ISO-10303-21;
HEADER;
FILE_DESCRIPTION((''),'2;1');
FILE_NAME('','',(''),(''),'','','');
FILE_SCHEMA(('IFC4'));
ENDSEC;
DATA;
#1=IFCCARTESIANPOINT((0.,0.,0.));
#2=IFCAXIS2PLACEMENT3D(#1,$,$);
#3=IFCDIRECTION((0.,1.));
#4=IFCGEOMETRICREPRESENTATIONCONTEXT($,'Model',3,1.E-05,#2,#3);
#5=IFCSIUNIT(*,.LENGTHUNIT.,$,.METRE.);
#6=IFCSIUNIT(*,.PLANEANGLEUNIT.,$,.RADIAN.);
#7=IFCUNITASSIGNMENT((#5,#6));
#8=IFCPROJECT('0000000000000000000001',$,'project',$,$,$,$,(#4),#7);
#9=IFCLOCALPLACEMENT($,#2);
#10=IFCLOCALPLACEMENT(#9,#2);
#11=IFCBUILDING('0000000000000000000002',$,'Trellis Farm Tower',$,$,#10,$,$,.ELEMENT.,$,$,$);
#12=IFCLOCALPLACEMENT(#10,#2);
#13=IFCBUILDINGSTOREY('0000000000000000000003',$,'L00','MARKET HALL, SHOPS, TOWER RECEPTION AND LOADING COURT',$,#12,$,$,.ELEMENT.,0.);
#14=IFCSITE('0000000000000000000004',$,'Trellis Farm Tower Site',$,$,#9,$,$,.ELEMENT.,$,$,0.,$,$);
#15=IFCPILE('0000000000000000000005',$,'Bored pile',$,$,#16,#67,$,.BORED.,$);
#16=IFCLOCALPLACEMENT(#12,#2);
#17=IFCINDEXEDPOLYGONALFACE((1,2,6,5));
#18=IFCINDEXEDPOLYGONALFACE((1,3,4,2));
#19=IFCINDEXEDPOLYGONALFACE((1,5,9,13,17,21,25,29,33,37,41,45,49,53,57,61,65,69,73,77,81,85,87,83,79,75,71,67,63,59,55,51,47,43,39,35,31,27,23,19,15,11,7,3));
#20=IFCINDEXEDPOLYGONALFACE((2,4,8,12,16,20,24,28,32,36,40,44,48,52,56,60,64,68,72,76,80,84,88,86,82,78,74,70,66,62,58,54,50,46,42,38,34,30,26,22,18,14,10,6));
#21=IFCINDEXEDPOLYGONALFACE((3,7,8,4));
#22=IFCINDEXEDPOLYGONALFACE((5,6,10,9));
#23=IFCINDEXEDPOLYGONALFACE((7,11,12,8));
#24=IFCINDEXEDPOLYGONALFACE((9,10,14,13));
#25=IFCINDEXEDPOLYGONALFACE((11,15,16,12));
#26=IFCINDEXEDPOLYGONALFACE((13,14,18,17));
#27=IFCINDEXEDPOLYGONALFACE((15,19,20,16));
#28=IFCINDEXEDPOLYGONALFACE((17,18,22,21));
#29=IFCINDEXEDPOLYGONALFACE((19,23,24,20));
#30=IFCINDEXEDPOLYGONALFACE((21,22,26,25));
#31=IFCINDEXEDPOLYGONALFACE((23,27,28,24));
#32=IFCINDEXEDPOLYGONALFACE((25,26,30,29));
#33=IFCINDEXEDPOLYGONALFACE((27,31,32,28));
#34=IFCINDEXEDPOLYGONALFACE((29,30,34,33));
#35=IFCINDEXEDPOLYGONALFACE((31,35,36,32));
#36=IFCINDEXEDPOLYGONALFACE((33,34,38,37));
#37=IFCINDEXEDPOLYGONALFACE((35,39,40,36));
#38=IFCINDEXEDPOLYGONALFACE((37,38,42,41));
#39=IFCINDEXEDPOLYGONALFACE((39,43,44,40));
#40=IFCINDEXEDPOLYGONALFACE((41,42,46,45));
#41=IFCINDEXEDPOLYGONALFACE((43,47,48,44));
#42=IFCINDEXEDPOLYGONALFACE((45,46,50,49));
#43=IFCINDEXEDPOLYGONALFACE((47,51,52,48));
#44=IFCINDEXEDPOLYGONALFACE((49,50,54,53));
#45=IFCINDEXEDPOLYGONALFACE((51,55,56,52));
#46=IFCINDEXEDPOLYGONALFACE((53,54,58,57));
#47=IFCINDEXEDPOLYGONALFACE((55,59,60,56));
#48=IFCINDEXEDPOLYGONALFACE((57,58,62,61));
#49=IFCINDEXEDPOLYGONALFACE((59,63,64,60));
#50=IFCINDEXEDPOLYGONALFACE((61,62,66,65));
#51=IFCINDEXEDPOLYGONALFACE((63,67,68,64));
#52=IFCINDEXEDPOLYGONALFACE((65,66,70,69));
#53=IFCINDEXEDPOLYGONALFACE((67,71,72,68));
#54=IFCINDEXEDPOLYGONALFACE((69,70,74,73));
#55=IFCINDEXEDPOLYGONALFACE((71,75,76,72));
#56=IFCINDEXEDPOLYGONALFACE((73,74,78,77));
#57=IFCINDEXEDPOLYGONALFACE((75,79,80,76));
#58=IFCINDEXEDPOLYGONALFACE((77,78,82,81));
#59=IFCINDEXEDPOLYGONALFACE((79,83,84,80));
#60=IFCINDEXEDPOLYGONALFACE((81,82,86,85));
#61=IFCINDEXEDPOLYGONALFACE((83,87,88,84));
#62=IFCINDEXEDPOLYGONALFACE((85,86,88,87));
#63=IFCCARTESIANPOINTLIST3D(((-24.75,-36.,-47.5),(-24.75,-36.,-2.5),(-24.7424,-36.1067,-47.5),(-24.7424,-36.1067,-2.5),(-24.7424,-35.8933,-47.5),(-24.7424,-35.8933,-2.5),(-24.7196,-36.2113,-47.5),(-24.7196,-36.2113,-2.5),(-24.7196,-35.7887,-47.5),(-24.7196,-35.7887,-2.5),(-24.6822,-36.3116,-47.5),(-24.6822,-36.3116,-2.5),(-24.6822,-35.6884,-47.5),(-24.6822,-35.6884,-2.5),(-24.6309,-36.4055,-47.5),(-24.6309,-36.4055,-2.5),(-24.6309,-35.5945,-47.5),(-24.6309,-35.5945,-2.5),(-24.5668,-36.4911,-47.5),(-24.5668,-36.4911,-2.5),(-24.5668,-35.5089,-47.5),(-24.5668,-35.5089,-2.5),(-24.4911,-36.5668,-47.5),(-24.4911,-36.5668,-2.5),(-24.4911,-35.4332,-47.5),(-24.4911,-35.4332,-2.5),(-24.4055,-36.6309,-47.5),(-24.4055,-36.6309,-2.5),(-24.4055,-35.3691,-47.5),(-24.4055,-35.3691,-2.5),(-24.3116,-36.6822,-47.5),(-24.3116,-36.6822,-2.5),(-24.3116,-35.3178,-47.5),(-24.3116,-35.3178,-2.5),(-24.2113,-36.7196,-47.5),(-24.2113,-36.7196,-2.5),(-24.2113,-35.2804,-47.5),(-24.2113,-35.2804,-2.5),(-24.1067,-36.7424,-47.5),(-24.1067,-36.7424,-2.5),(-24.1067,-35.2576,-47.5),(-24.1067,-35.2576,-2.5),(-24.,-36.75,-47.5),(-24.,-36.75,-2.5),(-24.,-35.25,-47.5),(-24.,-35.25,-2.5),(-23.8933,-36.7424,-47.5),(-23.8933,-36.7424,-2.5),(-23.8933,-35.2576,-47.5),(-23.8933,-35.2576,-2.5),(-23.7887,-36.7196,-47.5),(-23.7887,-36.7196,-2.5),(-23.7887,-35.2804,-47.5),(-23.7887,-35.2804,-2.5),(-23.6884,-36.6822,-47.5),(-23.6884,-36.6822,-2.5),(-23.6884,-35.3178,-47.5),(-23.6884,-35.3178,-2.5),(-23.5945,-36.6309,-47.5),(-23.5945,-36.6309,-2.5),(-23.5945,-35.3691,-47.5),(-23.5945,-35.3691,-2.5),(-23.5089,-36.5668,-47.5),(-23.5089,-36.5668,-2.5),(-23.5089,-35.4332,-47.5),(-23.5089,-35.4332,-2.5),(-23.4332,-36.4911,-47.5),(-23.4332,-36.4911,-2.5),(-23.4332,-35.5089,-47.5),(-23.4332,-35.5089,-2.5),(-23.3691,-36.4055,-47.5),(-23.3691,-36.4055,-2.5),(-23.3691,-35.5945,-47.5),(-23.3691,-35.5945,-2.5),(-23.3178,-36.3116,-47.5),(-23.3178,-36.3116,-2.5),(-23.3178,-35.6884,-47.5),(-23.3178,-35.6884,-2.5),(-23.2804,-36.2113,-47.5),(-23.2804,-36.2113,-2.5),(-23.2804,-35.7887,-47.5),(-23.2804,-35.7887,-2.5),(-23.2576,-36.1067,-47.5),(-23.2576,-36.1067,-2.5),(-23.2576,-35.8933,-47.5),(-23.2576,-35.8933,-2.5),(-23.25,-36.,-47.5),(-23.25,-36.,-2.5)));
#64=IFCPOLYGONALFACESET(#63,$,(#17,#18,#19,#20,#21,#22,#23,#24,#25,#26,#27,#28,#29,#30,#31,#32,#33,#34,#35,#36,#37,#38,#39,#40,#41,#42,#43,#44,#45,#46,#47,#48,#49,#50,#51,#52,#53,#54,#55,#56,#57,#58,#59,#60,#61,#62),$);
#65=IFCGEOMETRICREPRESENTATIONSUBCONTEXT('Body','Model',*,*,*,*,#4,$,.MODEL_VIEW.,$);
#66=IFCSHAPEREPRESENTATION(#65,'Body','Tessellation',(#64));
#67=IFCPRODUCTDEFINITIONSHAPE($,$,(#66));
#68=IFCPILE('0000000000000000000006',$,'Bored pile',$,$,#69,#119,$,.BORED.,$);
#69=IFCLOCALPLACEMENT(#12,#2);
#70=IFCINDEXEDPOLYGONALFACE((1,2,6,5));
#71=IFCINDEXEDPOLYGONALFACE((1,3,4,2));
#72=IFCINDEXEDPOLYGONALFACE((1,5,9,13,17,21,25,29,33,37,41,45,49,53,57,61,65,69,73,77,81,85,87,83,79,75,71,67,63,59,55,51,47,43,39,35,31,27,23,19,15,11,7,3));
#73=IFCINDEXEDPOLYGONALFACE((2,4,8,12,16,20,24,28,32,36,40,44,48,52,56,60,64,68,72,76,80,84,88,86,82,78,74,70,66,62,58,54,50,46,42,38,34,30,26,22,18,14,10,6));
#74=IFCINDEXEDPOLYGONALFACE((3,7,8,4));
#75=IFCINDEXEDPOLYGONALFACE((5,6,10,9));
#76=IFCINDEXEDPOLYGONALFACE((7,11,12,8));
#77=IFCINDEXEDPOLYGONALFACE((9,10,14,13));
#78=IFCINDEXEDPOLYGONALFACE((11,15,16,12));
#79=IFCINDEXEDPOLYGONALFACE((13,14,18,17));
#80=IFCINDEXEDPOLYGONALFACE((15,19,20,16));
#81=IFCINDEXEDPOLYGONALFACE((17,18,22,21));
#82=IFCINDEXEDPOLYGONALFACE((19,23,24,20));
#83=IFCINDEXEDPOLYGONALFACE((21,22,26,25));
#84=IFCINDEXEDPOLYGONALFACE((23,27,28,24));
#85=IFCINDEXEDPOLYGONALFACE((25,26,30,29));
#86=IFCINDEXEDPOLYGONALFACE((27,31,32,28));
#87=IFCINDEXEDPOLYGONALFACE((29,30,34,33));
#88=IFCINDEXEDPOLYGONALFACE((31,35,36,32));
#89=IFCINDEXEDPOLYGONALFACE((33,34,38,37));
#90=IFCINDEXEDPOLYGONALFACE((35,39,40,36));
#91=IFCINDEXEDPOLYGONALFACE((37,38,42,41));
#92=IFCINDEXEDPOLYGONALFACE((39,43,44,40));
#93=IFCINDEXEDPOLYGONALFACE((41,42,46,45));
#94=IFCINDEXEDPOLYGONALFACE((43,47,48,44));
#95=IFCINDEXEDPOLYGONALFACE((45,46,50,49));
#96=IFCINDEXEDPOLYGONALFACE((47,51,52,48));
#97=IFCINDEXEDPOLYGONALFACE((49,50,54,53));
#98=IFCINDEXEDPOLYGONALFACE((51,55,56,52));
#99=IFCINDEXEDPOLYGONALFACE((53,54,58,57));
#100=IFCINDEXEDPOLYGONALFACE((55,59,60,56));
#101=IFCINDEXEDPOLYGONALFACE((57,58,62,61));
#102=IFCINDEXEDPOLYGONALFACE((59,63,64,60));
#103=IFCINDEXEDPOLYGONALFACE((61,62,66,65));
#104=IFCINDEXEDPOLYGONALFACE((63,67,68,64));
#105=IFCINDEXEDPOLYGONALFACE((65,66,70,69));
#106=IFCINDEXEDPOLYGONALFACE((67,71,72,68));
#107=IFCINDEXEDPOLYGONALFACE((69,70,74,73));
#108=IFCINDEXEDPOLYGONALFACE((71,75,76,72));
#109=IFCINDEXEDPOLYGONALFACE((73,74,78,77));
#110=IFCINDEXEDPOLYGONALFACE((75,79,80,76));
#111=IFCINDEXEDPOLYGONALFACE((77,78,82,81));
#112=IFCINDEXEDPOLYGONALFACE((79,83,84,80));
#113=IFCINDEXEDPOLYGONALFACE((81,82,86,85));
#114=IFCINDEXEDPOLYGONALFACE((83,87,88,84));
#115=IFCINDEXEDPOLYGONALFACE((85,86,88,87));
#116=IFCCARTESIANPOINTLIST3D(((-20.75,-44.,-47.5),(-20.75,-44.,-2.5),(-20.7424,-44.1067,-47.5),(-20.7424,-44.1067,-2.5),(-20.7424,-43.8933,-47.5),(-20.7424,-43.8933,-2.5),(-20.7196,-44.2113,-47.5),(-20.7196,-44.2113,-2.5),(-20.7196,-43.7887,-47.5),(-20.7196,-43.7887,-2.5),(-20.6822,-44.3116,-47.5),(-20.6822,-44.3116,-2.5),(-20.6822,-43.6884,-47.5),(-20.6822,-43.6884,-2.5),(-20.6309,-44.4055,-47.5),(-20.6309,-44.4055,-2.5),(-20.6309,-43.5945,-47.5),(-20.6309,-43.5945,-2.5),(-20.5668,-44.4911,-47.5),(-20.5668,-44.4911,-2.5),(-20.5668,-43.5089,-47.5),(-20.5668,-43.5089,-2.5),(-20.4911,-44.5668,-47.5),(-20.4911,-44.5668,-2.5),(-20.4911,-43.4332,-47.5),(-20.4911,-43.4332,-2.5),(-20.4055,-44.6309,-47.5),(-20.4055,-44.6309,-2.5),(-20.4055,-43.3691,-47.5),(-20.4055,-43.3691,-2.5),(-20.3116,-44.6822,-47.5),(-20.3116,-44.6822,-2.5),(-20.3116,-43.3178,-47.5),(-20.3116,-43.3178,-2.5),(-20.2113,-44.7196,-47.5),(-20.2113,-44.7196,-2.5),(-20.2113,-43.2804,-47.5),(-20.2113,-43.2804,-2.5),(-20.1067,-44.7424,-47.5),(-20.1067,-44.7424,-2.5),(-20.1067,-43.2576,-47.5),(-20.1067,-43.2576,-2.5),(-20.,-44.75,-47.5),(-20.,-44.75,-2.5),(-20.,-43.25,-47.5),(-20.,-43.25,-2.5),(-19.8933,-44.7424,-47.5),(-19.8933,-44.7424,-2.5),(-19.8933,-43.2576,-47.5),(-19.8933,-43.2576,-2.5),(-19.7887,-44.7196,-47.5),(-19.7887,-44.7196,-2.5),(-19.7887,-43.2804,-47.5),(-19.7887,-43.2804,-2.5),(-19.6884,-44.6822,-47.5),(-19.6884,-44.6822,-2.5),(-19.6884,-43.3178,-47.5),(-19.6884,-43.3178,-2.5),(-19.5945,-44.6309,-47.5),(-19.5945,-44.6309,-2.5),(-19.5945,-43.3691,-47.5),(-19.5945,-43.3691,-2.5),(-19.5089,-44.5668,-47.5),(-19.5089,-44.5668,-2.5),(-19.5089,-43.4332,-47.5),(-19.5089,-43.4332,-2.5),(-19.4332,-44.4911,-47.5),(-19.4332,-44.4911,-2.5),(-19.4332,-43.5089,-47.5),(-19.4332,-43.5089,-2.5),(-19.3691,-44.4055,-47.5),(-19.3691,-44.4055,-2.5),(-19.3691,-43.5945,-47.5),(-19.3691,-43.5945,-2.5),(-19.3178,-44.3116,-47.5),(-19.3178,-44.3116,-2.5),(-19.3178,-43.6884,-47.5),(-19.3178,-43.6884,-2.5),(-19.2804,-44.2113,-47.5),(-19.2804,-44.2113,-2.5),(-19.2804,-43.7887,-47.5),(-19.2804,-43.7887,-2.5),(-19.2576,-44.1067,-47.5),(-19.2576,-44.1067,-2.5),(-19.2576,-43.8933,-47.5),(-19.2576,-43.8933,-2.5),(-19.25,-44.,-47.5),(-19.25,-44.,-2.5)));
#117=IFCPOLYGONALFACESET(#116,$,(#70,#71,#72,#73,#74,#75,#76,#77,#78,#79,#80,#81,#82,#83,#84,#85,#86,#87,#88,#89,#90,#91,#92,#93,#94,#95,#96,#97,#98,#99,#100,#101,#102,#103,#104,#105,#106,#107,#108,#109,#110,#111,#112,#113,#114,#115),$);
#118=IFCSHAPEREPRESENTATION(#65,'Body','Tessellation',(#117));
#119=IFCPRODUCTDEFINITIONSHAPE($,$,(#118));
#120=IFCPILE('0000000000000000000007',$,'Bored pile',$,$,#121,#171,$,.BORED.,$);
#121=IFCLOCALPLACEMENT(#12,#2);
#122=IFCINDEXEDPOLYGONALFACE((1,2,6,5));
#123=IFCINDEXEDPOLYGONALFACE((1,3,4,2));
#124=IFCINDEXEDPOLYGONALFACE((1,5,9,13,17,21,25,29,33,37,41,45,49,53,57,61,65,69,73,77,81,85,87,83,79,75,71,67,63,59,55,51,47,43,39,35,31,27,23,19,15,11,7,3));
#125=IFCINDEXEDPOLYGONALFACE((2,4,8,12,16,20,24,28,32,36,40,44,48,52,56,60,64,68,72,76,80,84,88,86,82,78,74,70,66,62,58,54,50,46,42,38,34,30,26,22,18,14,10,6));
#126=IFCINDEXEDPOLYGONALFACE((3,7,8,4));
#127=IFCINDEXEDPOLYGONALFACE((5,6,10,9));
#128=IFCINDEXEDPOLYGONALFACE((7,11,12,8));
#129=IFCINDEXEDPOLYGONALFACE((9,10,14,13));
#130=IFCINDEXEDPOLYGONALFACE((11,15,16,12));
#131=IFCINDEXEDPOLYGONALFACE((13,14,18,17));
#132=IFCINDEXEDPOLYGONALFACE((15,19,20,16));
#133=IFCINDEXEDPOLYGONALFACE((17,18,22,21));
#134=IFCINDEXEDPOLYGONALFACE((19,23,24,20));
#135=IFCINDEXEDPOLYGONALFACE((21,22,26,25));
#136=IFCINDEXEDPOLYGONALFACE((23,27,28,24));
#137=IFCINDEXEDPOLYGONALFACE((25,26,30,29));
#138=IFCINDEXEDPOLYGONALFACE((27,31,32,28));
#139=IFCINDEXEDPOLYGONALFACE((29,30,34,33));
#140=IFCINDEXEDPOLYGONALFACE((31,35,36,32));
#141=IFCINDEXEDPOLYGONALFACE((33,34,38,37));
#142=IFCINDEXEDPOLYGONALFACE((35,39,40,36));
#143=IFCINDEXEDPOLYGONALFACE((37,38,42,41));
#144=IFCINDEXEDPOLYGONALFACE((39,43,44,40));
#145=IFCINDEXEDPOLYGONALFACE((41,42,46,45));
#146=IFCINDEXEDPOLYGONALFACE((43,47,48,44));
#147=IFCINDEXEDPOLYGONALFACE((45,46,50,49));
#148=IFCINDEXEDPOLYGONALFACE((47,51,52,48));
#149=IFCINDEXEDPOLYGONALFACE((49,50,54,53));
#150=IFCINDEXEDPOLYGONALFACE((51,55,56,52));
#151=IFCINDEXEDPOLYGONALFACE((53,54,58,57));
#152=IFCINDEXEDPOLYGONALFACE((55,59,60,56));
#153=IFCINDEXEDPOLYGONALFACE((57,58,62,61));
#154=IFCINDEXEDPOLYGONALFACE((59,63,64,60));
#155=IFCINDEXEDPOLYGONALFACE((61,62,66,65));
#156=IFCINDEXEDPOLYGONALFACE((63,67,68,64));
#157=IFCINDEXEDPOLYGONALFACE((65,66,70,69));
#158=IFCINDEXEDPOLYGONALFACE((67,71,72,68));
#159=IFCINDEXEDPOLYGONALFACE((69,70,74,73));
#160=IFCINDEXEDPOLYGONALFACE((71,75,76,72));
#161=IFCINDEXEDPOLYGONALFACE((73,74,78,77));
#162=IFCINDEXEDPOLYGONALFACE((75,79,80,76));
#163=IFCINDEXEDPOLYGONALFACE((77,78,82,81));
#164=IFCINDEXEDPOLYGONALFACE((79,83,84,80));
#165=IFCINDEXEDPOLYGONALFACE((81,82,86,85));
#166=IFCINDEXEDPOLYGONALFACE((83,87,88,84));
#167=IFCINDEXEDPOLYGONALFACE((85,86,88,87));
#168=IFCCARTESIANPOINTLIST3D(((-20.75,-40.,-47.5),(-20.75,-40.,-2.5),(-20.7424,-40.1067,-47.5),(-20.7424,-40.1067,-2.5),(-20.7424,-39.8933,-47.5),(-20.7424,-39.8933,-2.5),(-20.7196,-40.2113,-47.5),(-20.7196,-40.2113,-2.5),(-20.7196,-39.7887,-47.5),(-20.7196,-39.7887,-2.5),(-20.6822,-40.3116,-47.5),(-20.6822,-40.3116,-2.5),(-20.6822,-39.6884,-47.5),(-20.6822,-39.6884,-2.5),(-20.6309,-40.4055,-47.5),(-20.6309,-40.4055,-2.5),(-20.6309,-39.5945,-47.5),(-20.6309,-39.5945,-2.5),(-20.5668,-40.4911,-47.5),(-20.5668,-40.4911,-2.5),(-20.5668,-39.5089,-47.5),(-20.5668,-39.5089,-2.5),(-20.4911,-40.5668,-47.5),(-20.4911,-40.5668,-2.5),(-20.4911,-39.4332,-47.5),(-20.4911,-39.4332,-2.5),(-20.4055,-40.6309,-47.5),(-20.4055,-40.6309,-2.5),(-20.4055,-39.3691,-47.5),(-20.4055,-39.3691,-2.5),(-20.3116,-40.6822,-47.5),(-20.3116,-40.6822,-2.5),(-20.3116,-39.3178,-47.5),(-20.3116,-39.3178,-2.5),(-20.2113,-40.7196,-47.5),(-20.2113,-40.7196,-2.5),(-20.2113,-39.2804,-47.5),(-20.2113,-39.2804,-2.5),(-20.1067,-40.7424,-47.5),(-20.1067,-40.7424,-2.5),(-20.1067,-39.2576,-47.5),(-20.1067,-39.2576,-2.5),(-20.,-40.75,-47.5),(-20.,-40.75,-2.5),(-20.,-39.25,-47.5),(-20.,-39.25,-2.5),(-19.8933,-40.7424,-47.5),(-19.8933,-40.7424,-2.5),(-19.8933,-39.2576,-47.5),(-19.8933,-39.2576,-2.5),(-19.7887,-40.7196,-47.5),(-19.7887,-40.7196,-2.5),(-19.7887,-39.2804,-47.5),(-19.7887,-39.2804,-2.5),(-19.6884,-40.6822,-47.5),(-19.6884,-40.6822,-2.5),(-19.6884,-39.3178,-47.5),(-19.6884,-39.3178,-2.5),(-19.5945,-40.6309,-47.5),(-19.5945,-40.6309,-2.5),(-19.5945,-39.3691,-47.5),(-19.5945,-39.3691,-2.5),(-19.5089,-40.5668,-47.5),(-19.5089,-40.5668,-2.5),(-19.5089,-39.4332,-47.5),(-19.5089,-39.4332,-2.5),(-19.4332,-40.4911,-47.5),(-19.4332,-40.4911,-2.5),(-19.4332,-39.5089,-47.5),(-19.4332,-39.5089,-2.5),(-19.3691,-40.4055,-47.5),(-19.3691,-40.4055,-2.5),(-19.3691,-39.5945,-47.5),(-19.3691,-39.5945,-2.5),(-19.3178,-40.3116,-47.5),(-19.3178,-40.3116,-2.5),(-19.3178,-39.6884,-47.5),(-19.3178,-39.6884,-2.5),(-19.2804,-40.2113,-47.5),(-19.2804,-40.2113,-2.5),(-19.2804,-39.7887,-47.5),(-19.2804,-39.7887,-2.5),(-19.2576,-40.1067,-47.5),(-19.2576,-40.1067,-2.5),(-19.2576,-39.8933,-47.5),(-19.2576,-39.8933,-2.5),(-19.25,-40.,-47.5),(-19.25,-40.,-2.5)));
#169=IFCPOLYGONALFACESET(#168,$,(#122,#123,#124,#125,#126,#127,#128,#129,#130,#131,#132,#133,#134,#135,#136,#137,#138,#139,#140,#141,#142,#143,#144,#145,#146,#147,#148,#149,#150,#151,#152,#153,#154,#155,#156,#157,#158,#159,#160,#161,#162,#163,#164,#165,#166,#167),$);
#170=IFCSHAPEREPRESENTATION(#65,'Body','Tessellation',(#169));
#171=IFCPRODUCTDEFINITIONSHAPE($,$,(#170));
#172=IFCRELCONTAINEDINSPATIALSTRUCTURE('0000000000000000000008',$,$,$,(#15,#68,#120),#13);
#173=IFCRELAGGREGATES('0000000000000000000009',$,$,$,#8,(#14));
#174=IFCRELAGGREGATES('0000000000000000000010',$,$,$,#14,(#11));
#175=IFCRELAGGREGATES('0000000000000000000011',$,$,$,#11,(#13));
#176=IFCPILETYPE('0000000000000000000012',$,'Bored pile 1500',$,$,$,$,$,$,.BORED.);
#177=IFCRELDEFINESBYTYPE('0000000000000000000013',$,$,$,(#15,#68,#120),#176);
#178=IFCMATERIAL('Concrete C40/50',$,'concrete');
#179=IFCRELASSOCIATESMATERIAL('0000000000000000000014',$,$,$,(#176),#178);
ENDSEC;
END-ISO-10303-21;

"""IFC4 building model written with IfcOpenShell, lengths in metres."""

from ifc_helpers import new_model, si_unit, direction, frame, origin, origin_2d, place, context, subcontext, project, spatial, circle, extrude, source, transform, mapped, material, material_profile, profile_set, type_object, element, save


model = new_model("IFC4")

# Units and contexts
model_context = context("Model", 3, precision=1e-05, world=origin(), true_north=direction((0.0, 1.0)))
body_context = subcontext(model_context, "Body", "Model", "MODEL_VIEW")
ifc_project = project(units=[si_unit("LENGTHUNIT", "METRE"), si_unit("PLANEANGLEUNIT", "RADIAN")], contexts=[model_context])

# Site, building, storey
site_placement = place(None, origin())
site = spatial("IfcSite", under=ifc_project, at=site_placement, Name="Trellis Farm Tower Site", CompositionType="ELEMENT", RefElevation=0.0)
building_placement = place(site_placement, origin())
building = spatial("IfcBuilding", under=site, at=building_placement, Name="Trellis Farm Tower", CompositionType="ELEMENT")
storey_placement = place(building_placement, origin())
storey = spatial("IfcBuildingStorey", under=building, at=storey_placement, Name="L00", Description="MARKET HALL, SHOPS, TOWER RECEPTION AND LOADING COURT", CompositionType="ELEMENT", Elevation=0.0)

# Piles
ifc_material_1 = material(Name="Concrete C40/50", Category="concrete")
ifc_material_profile_1 = material_profile(ifc_material_1, circle(Radius=0.75, at=origin_2d()), Name="Bored pile 1500")
ifc_profile_set_1 = profile_set([ifc_material_profile_1], Name="Concrete C40/50")
pile_type = type_object("IfcPileType", Name="Bored pile 1500", PredefinedType="BORED", material=ifc_profile_set_1)
shared_shape_1 = source(origin(), body_context, "Body", "SweptSolid", [
    extrude(circle(Radius=0.75, at=origin_2d()), origin(), (0.0, 0.0, 1.0), 45.0),
])
for number, where, z_axis, x_axis, name in (
    (1, (-24.0, -36.0, -2.5), (0.0, 0.0, -1.0), (1.0, 0.0, 0.0), "Bored pile"),
    (2, (-20.0, -44.0, -2.5), (0.0, 0.0, -1.0), (1.0, 0.0, 0.0), "Bored pile"),
    (3, (-20.0, -40.0, -2.5), (0.0, 0.0, -1.0), (1.0, 0.0, 0.0), "Bored pile"),
):
    element("IfcPile", number, at=place(storey_placement, frame(where, z_axis=z_axis, x_axis=x_axis)), inside=storey, type_object=pile_type, Name=name, PredefinedType="BORED", context=body_context, shape_type="MappedRepresentation", body=[
        mapped(shared_shape_1, transform((0.0, 0.0, 0.0))),
    ])

save(model, "model.ifc")
